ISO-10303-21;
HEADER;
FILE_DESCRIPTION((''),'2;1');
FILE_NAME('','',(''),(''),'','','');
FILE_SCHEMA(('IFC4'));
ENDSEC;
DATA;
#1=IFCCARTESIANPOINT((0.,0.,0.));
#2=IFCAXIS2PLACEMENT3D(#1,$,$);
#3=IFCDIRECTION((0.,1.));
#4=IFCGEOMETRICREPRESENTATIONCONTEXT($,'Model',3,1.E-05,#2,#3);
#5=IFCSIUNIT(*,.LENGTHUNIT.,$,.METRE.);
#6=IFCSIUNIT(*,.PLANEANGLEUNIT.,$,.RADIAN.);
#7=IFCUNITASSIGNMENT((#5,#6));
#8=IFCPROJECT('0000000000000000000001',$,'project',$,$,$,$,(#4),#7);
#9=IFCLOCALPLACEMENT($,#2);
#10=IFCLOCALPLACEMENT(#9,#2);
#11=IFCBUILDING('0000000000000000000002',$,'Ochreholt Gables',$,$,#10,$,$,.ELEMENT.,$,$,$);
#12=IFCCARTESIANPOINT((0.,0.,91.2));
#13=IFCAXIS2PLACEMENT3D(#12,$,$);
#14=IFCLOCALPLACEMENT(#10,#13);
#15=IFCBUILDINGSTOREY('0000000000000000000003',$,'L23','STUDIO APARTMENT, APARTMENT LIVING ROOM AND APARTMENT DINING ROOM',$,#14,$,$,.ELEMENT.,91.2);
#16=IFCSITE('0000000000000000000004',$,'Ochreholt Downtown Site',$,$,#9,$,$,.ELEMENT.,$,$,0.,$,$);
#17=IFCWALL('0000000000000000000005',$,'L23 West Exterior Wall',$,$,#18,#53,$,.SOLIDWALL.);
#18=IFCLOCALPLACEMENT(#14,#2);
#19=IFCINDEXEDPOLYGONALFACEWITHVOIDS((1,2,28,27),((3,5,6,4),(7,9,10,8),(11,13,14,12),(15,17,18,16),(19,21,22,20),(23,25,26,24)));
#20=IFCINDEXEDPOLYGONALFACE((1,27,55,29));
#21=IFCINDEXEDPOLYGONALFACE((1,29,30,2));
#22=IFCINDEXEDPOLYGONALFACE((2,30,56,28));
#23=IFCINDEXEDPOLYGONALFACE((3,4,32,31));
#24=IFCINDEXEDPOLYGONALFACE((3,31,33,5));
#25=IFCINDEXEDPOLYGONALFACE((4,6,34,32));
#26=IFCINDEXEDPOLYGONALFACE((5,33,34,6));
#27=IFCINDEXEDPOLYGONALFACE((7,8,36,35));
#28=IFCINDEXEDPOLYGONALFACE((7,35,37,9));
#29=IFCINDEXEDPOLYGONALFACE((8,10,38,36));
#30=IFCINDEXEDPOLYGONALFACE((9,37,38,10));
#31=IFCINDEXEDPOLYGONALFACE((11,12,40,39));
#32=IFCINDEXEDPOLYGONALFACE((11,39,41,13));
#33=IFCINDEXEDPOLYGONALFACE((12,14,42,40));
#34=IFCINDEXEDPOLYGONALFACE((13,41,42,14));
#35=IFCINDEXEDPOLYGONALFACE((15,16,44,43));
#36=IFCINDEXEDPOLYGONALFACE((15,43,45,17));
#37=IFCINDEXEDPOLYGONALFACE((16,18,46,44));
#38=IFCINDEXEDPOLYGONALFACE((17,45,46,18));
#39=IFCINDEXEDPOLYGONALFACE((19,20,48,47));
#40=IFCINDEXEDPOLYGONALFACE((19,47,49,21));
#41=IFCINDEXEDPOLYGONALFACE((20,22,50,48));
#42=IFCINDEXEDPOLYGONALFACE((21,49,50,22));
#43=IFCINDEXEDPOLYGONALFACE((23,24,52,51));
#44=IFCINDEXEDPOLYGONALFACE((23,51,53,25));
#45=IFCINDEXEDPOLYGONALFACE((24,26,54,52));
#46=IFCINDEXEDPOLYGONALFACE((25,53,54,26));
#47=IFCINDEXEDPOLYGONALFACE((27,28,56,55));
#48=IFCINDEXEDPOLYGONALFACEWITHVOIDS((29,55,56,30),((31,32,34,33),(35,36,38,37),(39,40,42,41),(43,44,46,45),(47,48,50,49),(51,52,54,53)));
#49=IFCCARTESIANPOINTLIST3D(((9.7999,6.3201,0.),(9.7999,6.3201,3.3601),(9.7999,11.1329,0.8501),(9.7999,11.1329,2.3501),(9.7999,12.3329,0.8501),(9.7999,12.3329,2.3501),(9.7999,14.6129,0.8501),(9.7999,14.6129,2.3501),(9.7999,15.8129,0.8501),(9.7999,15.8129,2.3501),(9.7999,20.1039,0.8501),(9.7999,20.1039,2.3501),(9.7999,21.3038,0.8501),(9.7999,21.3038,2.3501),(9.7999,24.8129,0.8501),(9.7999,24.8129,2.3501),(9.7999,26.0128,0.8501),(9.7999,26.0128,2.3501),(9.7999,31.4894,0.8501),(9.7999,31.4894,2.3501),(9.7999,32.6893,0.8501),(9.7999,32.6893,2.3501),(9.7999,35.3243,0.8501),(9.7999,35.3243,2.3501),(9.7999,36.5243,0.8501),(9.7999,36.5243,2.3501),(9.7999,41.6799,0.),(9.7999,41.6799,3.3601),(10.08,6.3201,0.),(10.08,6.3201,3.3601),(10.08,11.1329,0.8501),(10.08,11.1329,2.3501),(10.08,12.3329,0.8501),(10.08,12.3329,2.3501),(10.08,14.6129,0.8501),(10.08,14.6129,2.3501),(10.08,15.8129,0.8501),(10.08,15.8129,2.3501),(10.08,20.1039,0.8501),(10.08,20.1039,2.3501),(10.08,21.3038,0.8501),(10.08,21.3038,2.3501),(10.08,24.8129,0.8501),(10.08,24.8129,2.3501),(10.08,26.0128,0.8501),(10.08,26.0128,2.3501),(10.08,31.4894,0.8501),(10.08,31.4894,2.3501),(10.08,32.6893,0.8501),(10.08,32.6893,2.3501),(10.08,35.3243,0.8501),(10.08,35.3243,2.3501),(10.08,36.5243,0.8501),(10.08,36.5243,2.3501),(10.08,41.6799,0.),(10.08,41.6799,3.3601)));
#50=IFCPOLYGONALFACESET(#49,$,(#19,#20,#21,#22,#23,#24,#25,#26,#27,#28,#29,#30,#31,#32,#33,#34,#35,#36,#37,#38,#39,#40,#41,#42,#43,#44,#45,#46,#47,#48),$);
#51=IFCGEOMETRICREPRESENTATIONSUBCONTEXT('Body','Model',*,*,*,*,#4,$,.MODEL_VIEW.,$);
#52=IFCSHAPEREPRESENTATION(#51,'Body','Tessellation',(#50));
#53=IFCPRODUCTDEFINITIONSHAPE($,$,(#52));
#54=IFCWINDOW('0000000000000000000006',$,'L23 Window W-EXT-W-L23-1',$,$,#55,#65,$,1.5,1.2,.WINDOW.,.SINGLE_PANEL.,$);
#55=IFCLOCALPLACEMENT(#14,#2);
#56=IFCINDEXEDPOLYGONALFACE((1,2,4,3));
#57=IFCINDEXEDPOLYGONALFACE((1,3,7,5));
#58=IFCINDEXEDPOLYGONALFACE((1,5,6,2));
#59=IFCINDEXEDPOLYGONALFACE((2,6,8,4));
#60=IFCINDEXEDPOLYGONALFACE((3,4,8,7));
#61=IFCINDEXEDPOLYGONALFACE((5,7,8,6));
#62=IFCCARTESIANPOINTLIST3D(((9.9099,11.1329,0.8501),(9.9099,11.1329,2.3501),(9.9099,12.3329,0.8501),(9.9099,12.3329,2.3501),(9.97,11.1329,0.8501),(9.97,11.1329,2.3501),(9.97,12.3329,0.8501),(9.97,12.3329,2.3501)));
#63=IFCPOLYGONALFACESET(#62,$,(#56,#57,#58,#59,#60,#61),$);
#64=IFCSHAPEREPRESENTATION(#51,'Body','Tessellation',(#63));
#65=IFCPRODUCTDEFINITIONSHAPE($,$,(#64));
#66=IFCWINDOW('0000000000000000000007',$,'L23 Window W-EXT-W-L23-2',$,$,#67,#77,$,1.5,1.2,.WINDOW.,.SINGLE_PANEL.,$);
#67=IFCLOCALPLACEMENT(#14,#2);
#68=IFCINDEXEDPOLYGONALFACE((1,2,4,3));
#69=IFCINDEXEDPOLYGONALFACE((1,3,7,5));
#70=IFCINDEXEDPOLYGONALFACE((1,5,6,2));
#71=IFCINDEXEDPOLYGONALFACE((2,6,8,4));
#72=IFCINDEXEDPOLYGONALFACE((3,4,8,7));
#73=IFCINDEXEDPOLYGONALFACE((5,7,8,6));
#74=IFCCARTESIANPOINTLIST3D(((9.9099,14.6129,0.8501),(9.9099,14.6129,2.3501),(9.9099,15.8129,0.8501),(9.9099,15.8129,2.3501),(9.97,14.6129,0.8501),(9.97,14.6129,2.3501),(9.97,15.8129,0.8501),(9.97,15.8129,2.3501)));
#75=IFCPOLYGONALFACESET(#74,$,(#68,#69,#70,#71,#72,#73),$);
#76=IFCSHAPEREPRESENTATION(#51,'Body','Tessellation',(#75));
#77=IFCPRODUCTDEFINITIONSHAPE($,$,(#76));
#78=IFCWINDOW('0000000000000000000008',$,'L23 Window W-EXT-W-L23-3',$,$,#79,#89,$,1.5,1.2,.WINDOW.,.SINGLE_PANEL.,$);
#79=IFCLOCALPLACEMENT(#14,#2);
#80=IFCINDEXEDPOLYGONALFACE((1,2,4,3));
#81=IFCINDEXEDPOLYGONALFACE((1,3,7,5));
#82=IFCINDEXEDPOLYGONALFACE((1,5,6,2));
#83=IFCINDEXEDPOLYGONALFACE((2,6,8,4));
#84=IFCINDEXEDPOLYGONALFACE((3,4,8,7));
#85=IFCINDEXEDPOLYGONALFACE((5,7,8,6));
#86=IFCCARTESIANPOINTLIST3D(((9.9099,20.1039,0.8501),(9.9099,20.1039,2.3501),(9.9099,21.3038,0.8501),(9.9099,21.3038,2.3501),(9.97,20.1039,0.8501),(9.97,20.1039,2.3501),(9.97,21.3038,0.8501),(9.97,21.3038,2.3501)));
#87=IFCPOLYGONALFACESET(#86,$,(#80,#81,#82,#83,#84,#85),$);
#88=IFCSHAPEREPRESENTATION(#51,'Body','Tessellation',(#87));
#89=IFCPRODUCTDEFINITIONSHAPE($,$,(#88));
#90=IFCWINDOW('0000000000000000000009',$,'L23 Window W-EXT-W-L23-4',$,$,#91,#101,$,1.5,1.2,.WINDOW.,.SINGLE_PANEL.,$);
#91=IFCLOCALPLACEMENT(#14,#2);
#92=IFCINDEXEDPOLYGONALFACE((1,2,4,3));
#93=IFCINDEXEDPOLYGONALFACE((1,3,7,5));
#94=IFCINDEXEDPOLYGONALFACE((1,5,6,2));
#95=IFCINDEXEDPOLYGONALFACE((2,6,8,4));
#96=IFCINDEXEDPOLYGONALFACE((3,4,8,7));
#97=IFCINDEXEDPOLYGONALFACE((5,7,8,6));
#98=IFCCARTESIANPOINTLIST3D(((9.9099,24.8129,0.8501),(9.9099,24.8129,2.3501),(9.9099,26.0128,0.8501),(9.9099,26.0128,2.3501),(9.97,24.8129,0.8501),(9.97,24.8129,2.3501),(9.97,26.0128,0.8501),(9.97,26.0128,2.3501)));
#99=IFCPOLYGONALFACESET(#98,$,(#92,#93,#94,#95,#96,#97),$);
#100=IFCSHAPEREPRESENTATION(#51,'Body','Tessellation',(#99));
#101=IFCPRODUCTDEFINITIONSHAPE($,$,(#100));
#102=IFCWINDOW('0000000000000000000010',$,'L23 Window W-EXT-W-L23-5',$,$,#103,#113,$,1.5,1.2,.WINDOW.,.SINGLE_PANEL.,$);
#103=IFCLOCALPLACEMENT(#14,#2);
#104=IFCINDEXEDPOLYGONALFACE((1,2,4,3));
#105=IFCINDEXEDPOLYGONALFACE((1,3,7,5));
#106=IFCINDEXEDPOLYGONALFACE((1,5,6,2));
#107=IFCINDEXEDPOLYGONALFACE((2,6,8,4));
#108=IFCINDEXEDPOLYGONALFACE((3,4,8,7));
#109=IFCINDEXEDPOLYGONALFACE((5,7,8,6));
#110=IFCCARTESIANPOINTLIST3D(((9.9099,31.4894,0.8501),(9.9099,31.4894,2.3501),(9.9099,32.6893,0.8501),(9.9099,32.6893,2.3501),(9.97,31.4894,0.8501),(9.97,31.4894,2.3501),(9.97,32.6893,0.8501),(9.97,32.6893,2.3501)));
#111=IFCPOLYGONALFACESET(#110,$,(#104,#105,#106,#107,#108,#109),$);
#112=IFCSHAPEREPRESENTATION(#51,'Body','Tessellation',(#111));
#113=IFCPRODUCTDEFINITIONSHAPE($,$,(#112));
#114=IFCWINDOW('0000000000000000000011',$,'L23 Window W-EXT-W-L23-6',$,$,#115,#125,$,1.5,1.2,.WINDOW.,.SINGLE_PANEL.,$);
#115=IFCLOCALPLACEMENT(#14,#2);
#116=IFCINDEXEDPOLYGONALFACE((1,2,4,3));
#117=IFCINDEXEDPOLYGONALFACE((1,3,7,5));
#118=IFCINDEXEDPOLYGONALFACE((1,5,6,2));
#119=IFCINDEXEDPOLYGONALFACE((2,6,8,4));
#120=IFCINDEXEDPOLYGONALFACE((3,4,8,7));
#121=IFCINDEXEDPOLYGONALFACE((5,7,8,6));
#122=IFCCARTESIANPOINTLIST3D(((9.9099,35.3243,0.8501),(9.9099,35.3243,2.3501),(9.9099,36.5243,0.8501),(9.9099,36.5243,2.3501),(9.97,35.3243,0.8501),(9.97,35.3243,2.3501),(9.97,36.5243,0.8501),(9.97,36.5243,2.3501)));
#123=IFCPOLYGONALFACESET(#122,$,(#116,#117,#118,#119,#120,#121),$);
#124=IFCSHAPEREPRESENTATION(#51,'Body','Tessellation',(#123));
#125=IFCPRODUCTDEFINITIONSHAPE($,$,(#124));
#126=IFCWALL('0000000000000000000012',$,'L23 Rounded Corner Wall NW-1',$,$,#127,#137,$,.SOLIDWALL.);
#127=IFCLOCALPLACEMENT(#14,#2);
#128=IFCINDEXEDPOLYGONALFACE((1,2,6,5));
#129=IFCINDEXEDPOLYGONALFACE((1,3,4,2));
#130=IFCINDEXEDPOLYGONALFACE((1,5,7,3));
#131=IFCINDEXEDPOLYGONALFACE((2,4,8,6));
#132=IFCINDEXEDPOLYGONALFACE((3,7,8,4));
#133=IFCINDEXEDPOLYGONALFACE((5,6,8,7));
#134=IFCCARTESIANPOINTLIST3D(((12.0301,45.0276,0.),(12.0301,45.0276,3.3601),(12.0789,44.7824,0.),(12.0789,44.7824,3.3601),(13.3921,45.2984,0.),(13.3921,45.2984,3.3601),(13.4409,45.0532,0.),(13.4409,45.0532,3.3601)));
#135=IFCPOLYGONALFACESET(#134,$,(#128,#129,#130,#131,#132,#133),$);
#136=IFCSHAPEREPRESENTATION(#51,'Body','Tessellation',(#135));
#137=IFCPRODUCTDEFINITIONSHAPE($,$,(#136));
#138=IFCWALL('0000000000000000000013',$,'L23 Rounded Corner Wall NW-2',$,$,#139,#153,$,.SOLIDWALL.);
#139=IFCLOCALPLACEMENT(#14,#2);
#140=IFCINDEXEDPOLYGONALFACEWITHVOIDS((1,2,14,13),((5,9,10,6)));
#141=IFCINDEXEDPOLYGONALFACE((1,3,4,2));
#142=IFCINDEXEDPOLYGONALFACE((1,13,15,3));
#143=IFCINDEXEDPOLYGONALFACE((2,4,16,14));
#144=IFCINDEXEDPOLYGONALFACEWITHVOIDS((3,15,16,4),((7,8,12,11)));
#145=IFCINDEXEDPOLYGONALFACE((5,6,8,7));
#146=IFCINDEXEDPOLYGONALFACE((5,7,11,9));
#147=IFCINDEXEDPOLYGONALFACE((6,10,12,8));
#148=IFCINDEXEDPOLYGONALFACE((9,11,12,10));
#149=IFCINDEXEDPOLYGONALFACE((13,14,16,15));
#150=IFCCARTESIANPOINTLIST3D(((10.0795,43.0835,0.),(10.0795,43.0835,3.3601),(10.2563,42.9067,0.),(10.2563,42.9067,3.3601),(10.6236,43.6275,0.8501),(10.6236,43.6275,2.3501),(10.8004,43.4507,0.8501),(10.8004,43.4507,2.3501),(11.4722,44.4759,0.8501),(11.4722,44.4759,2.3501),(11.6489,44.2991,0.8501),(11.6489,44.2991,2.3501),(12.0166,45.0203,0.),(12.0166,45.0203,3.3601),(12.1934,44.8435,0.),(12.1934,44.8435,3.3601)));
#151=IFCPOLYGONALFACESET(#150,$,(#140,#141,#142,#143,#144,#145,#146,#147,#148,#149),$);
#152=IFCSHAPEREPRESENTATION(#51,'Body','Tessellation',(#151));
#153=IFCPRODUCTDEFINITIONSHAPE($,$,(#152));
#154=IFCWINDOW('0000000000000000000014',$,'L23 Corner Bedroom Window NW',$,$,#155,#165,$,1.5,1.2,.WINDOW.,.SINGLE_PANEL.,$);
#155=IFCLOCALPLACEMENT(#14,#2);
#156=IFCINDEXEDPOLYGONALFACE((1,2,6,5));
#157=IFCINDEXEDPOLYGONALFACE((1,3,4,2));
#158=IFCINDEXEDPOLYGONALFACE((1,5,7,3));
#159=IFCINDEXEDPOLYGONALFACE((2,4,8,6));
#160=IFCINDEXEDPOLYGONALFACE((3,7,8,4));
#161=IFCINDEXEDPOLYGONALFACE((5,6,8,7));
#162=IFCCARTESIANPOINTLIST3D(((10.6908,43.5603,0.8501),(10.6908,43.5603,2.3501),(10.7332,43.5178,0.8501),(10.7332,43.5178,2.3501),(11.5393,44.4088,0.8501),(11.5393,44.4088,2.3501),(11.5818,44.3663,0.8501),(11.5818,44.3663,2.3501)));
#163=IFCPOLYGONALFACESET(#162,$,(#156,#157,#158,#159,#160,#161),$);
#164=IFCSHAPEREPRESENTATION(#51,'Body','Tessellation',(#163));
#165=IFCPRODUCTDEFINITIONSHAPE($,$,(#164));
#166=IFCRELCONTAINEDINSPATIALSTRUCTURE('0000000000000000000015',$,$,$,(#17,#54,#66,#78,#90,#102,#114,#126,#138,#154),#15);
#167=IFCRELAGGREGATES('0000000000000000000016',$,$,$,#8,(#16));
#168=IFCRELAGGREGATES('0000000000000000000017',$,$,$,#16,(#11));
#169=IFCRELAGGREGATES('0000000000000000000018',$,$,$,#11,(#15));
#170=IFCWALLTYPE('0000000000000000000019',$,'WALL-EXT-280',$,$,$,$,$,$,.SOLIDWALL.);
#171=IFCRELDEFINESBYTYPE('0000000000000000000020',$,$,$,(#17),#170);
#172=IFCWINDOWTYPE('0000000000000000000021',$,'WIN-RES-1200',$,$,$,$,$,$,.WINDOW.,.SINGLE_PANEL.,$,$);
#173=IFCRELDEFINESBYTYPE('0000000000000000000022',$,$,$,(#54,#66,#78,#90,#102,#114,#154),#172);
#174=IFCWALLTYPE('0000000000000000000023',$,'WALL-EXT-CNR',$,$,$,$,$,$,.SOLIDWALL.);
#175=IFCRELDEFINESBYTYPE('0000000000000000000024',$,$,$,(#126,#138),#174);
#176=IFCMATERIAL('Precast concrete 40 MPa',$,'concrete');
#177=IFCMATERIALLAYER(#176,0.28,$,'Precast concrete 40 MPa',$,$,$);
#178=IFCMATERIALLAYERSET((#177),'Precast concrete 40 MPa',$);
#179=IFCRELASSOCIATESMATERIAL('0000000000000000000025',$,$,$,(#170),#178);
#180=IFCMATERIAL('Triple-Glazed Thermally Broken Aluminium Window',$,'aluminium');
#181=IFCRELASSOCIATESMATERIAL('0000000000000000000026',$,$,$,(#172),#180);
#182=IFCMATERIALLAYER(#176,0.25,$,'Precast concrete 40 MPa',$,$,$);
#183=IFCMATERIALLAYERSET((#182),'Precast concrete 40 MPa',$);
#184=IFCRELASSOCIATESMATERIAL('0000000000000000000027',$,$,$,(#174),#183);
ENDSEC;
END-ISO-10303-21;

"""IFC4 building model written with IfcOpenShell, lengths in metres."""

from ifc_helpers import new_model, si_unit, direction, frame, frame_2d, origin, place, context, subcontext, project, spatial, rectangle, extrude, material, layer, layer_set, type_object, element, fill, save


model = new_model("IFC4")

# Units and contexts
model_context = context("Model", 3, precision=1e-05, world=origin(), true_north=direction((0.0, 1.0)))
body_context = subcontext(model_context, "Body", "Model", "MODEL_VIEW")
ifc_project = project(units=[si_unit("LENGTHUNIT", "METRE"), si_unit("PLANEANGLEUNIT", "RADIAN")], contexts=[model_context])

# Site, building, storey
site_placement = place(None, origin())
site = spatial("IfcSite", under=ifc_project, at=site_placement, Name="Ochreholt Downtown Site", CompositionType="ELEMENT", RefElevation=0.0)
building_placement = place(site_placement, origin())
building = spatial("IfcBuilding", under=site, at=building_placement, Name="Ochreholt Gables", CompositionType="ELEMENT")
storey_placement = place(building_placement, frame((0.0, 0.0, 91.2)))
storey = spatial("IfcBuildingStorey", under=building, at=storey_placement, Name="L23", Description="STUDIO APARTMENT, APARTMENT LIVING ROOM AND APARTMENT DINING ROOM", CompositionType="ELEMENT", Elevation=91.2)

# Wall, openings, windows
ifc_material_1 = material(Name="Precast concrete 40 MPa", Category="concrete")
ifc_layer_1 = layer(ifc_material_1, 0.28, Name="Precast concrete 40 MPa")
ifc_layer_set_1 = layer_set([ifc_layer_1], Name="Precast concrete 40 MPa")
wall_type_1 = type_object("IfcWallType", Name="WALL-EXT-280", PredefinedType="SOLIDWALL", material=ifc_layer_set_1)
wall_1_placement = place(storey_placement, frame((9.9399, 41.6799, 0.0), z_axis=(0.0, 0.0, 1.0), x_axis=(0.0, -1.0, 0.0)))
wall_1 = element("IfcWall", 1, at=wall_1_placement, inside=storey, type_object=wall_type_1, Name="L23 West Exterior Wall", PredefinedType="SOLIDWALL", context=body_context, shape_type="SweptSolid", body=[
    extrude(rectangle(XDim=35.3599, YDim=0.28, at=frame_2d((17.6799, 0.0))), origin(), (0.0, 0.0, 1.0), 3.3601),
])
opening_1_placement = place(wall_1_placement, frame((29.3469, 0.0, 0.8501)))
opening_1 = element("IfcOpeningElement", 2, at=opening_1_placement, cuts=wall_1, PredefinedType="OPENING", context=body_context, shape_type="SweptSolid", body=[
    extrude(rectangle(XDim=1.2, YDim=1.5, at=frame_2d((0.6001, 0.75))), frame((0.0, 0.1499, 0.0), z_axis=(0.0, -1.0, 0.0), x_axis=(1.0, 0.0, 0.0)), (0.0, 0.0, 1.0), 0.3),
])
opening_2_placement = place(wall_1_placement, frame((25.8669, 0.0, 0.8501)))
opening_2 = element("IfcOpeningElement", 3, at=opening_2_placement, cuts=wall_1, PredefinedType="OPENING", context=body_context, shape_type="SweptSolid", body=[
    extrude(rectangle(XDim=1.2, YDim=1.5, at=frame_2d((0.6001, 0.75))), frame((0.0, 0.1499, 0.0), z_axis=(0.0, -1.0, 0.0), x_axis=(1.0, 0.0, 0.0)), (0.0, 0.0, 1.0), 0.3),
])
opening_3_placement = place(wall_1_placement, frame((20.376, 0.0, 0.8501)))
opening_3 = element("IfcOpeningElement", 4, at=opening_3_placement, cuts=wall_1, PredefinedType="OPENING", context=body_context, shape_type="SweptSolid", body=[
    extrude(rectangle(XDim=1.2, YDim=1.5, at=frame_2d((0.6001, 0.75))), frame((0.0, 0.1499, 0.0), z_axis=(0.0, -1.0, 0.0), x_axis=(1.0, 0.0, 0.0)), (0.0, 0.0, 1.0), 0.3),
])
opening_4_placement = place(wall_1_placement, frame((15.667, 0.0, 0.8501)))
opening_4 = element("IfcOpeningElement", 5, at=opening_4_placement, cuts=wall_1, PredefinedType="OPENING", context=body_context, shape_type="SweptSolid", body=[
    extrude(rectangle(XDim=1.2, YDim=1.5, at=frame_2d((0.6001, 0.75))), frame((0.0, 0.1499, 0.0), z_axis=(0.0, -1.0, 0.0), x_axis=(1.0, 0.0, 0.0)), (0.0, 0.0, 1.0), 0.3),
])
opening_5_placement = place(wall_1_placement, frame((8.9905, 0.0, 0.8501)))
opening_5 = element("IfcOpeningElement", 6, at=opening_5_placement, cuts=wall_1, PredefinedType="OPENING", context=body_context, shape_type="SweptSolid", body=[
    extrude(rectangle(XDim=1.2, YDim=1.5, at=frame_2d((0.6001, 0.75))), frame((0.0, 0.1499, 0.0), z_axis=(0.0, -1.0, 0.0), x_axis=(1.0, 0.0, 0.0)), (0.0, 0.0, 1.0), 0.3),
])
opening_6_placement = place(wall_1_placement, frame((5.1555, 0.0, 0.8501)))
opening_6 = element("IfcOpeningElement", 7, at=opening_6_placement, cuts=wall_1, PredefinedType="OPENING", context=body_context, shape_type="SweptSolid", body=[
    extrude(rectangle(XDim=1.2, YDim=1.5, at=frame_2d((0.6001, 0.75))), frame((0.0, 0.1499, 0.0), z_axis=(0.0, -1.0, 0.0), x_axis=(1.0, 0.0, 0.0)), (0.0, 0.0, 1.0), 0.3),
])
ifc_material_2 = material(Name="Triple-Glazed Thermally Broken Aluminium Window", Category="aluminium")
window_type = type_object("IfcWindowType", Name="WIN-RES-1200", PartitioningType="SINGLE_PANEL", PredefinedType="WINDOW", material=ifc_material_2)
window_1_placement = place(opening_1_placement, origin())
window_1 = element("IfcWindow", 8, at=window_1_placement, inside=storey, type_object=window_type, Name="L23 Window W-EXT-W-L23-1", OverallHeight=1.5, OverallWidth=1.2, PartitioningType="SINGLE_PANEL", PredefinedType="WINDOW", context=body_context, shape_type="SweptSolid", body=[
    extrude(rectangle(XDim=1.2, YDim=1.5, at=frame_2d((0.6001, 0.75))), frame((0.0, 0.03, 0.0), z_axis=(0.0, -1.0, 0.0), x_axis=(1.0, 0.0, 0.0)), (0.0, 0.0, 1.0), 0.0601),
])
fill(opening_1, window_1)
window_2_placement = place(opening_2_placement, origin())
window_2 = element("IfcWindow", 9, at=window_2_placement, inside=storey, type_object=window_type, Name="L23 Window W-EXT-W-L23-2", OverallHeight=1.5, OverallWidth=1.2, PartitioningType="SINGLE_PANEL", PredefinedType="WINDOW", context=body_context, shape_type="SweptSolid", body=[
    extrude(rectangle(XDim=1.2, YDim=1.5, at=frame_2d((0.6001, 0.75))), frame((0.0, 0.03, 0.0), z_axis=(0.0, -1.0, 0.0), x_axis=(1.0, 0.0, 0.0)), (0.0, 0.0, 1.0), 0.0601),
])
fill(opening_2, window_2)
window_3_placement = place(opening_3_placement, origin())
window_3 = element("IfcWindow", 10, at=window_3_placement, inside=storey, type_object=window_type, Name="L23 Window W-EXT-W-L23-3", OverallHeight=1.5, OverallWidth=1.2, PartitioningType="SINGLE_PANEL", PredefinedType="WINDOW", context=body_context, shape_type="SweptSolid", body=[
    extrude(rectangle(XDim=1.2, YDim=1.5, at=frame_2d((0.6001, 0.75))), frame((0.0, 0.03, 0.0), z_axis=(0.0, -1.0, 0.0), x_axis=(1.0, 0.0, 0.0)), (0.0, 0.0, 1.0), 0.0601),
])
fill(opening_3, window_3)
window_4_placement = place(opening_4_placement, origin())
window_4 = element("IfcWindow", 11, at=window_4_placement, inside=storey, type_object=window_type, Name="L23 Window W-EXT-W-L23-4", OverallHeight=1.5, OverallWidth=1.2, PartitioningType="SINGLE_PANEL", PredefinedType="WINDOW", context=body_context, shape_type="SweptSolid", body=[
    extrude(rectangle(XDim=1.2, YDim=1.5, at=frame_2d((0.6001, 0.75))), frame((0.0, 0.03, 0.0), z_axis=(0.0, -1.0, 0.0), x_axis=(1.0, 0.0, 0.0)), (0.0, 0.0, 1.0), 0.0601),
])
fill(opening_4, window_4)
window_5_placement = place(opening_5_placement, origin())
window_5 = element("IfcWindow", 12, at=window_5_placement, inside=storey, type_object=window_type, Name="L23 Window W-EXT-W-L23-5", OverallHeight=1.5, OverallWidth=1.2, PartitioningType="SINGLE_PANEL", PredefinedType="WINDOW", context=body_context, shape_type="SweptSolid", body=[
    extrude(rectangle(XDim=1.2, YDim=1.5, at=frame_2d((0.6001, 0.75))), frame((0.0, 0.03, 0.0), z_axis=(0.0, -1.0, 0.0), x_axis=(1.0, 0.0, 0.0)), (0.0, 0.0, 1.0), 0.0601),
])
fill(opening_5, window_5)
window_6_placement = place(opening_6_placement, origin())
window_6 = element("IfcWindow", 13, at=window_6_placement, inside=storey, type_object=window_type, Name="L23 Window W-EXT-W-L23-6", OverallHeight=1.5, OverallWidth=1.2, PartitioningType="SINGLE_PANEL", PredefinedType="WINDOW", context=body_context, shape_type="SweptSolid", body=[
    extrude(rectangle(XDim=1.2, YDim=1.5, at=frame_2d((0.6001, 0.75))), frame((0.0, 0.03, 0.0), z_axis=(0.0, -1.0, 0.0), x_axis=(1.0, 0.0, 0.0)), (0.0, 0.0, 1.0), 0.0601),
])
fill(opening_6, window_6)

# Wall
ifc_layer_2 = layer(ifc_material_1, 0.25, Name="Precast concrete 40 MPa")
ifc_layer_set_2 = layer_set([ifc_layer_2], Name="Precast concrete 40 MPa")
wall_type_2 = type_object("IfcWallType", Name="WALL-EXT-CNR", PredefinedType="SOLIDWALL", material=ifc_layer_set_2)
wall_2_placement = place(storey_placement, frame((13.4165, 45.1758, 0.0), z_axis=(0.0, 0.0, 1.0), x_axis=(-0.98081, -0.194967, 0.0)))
element("IfcWall", 14, at=wall_2_placement, inside=storey, type_object=wall_type_2, Name="L23 Rounded Corner Wall NW-1", PredefinedType="SOLIDWALL", context=body_context, shape_type="SweptSolid", body=[
    extrude(rectangle(XDim=1.3887, YDim=0.25, at=frame_2d((0.6943, 0.0))), origin(), (0.0, 0.0, 1.0), 3.3601),
])

# Wall, opening, window
wall_3_placement = place(storey_placement, frame((12.105, 44.9319, 0.0), z_axis=(0.0, 0.0, 1.0), x_axis=(-0.707151, -0.707062, 0.0)))
wall_3 = element("IfcWall", 15, at=wall_3_placement, inside=storey, type_object=wall_type_2, Name="L23 Rounded Corner Wall NW-2", PredefinedType="SOLIDWALL", context=body_context, shape_type="SweptSolid", body=[
    extrude(rectangle(XDim=2.7393, YDim=0.25, at=frame_2d((1.3696, 0.0))), origin(), (0.0, 0.0, 1.0), 3.3601),
])
opening_7_placement = place(wall_3_placement, frame((0.7698, 0.0, 0.8501)))
opening_7 = element("IfcOpeningElement", 16, at=opening_7_placement, cuts=wall_3, PredefinedType="OPENING", context=body_context, shape_type="SweptSolid", body=[
    extrude(rectangle(XDim=1.2, YDim=1.5, at=frame_2d((0.6001, 0.75))), frame((0.0, 0.135, 0.0), z_axis=(0.0, -1.0, 0.0), x_axis=(1.0, 0.0, 0.0)), (0.0, 0.0, 1.0), 0.27),
])
window_7_placement = place(opening_7_placement, origin())
window_7 = element("IfcWindow", 17, at=window_7_placement, inside=storey, type_object=window_type, Name="L23 Corner Bedroom Window NW", OverallHeight=1.5, OverallWidth=1.2, PartitioningType="SINGLE_PANEL", PredefinedType="WINDOW", context=body_context, shape_type="SweptSolid", body=[
    extrude(rectangle(XDim=1.2, YDim=1.5, at=frame_2d((0.6001, 0.75))), frame((0.0, 0.03, 0.0), z_axis=(0.0, -1.0, 0.0), x_axis=(1.0, 0.0, 0.0)), (0.0, 0.0, 1.0), 0.0601),
])
fill(opening_7, window_7)

save(model, "model.ifc")
